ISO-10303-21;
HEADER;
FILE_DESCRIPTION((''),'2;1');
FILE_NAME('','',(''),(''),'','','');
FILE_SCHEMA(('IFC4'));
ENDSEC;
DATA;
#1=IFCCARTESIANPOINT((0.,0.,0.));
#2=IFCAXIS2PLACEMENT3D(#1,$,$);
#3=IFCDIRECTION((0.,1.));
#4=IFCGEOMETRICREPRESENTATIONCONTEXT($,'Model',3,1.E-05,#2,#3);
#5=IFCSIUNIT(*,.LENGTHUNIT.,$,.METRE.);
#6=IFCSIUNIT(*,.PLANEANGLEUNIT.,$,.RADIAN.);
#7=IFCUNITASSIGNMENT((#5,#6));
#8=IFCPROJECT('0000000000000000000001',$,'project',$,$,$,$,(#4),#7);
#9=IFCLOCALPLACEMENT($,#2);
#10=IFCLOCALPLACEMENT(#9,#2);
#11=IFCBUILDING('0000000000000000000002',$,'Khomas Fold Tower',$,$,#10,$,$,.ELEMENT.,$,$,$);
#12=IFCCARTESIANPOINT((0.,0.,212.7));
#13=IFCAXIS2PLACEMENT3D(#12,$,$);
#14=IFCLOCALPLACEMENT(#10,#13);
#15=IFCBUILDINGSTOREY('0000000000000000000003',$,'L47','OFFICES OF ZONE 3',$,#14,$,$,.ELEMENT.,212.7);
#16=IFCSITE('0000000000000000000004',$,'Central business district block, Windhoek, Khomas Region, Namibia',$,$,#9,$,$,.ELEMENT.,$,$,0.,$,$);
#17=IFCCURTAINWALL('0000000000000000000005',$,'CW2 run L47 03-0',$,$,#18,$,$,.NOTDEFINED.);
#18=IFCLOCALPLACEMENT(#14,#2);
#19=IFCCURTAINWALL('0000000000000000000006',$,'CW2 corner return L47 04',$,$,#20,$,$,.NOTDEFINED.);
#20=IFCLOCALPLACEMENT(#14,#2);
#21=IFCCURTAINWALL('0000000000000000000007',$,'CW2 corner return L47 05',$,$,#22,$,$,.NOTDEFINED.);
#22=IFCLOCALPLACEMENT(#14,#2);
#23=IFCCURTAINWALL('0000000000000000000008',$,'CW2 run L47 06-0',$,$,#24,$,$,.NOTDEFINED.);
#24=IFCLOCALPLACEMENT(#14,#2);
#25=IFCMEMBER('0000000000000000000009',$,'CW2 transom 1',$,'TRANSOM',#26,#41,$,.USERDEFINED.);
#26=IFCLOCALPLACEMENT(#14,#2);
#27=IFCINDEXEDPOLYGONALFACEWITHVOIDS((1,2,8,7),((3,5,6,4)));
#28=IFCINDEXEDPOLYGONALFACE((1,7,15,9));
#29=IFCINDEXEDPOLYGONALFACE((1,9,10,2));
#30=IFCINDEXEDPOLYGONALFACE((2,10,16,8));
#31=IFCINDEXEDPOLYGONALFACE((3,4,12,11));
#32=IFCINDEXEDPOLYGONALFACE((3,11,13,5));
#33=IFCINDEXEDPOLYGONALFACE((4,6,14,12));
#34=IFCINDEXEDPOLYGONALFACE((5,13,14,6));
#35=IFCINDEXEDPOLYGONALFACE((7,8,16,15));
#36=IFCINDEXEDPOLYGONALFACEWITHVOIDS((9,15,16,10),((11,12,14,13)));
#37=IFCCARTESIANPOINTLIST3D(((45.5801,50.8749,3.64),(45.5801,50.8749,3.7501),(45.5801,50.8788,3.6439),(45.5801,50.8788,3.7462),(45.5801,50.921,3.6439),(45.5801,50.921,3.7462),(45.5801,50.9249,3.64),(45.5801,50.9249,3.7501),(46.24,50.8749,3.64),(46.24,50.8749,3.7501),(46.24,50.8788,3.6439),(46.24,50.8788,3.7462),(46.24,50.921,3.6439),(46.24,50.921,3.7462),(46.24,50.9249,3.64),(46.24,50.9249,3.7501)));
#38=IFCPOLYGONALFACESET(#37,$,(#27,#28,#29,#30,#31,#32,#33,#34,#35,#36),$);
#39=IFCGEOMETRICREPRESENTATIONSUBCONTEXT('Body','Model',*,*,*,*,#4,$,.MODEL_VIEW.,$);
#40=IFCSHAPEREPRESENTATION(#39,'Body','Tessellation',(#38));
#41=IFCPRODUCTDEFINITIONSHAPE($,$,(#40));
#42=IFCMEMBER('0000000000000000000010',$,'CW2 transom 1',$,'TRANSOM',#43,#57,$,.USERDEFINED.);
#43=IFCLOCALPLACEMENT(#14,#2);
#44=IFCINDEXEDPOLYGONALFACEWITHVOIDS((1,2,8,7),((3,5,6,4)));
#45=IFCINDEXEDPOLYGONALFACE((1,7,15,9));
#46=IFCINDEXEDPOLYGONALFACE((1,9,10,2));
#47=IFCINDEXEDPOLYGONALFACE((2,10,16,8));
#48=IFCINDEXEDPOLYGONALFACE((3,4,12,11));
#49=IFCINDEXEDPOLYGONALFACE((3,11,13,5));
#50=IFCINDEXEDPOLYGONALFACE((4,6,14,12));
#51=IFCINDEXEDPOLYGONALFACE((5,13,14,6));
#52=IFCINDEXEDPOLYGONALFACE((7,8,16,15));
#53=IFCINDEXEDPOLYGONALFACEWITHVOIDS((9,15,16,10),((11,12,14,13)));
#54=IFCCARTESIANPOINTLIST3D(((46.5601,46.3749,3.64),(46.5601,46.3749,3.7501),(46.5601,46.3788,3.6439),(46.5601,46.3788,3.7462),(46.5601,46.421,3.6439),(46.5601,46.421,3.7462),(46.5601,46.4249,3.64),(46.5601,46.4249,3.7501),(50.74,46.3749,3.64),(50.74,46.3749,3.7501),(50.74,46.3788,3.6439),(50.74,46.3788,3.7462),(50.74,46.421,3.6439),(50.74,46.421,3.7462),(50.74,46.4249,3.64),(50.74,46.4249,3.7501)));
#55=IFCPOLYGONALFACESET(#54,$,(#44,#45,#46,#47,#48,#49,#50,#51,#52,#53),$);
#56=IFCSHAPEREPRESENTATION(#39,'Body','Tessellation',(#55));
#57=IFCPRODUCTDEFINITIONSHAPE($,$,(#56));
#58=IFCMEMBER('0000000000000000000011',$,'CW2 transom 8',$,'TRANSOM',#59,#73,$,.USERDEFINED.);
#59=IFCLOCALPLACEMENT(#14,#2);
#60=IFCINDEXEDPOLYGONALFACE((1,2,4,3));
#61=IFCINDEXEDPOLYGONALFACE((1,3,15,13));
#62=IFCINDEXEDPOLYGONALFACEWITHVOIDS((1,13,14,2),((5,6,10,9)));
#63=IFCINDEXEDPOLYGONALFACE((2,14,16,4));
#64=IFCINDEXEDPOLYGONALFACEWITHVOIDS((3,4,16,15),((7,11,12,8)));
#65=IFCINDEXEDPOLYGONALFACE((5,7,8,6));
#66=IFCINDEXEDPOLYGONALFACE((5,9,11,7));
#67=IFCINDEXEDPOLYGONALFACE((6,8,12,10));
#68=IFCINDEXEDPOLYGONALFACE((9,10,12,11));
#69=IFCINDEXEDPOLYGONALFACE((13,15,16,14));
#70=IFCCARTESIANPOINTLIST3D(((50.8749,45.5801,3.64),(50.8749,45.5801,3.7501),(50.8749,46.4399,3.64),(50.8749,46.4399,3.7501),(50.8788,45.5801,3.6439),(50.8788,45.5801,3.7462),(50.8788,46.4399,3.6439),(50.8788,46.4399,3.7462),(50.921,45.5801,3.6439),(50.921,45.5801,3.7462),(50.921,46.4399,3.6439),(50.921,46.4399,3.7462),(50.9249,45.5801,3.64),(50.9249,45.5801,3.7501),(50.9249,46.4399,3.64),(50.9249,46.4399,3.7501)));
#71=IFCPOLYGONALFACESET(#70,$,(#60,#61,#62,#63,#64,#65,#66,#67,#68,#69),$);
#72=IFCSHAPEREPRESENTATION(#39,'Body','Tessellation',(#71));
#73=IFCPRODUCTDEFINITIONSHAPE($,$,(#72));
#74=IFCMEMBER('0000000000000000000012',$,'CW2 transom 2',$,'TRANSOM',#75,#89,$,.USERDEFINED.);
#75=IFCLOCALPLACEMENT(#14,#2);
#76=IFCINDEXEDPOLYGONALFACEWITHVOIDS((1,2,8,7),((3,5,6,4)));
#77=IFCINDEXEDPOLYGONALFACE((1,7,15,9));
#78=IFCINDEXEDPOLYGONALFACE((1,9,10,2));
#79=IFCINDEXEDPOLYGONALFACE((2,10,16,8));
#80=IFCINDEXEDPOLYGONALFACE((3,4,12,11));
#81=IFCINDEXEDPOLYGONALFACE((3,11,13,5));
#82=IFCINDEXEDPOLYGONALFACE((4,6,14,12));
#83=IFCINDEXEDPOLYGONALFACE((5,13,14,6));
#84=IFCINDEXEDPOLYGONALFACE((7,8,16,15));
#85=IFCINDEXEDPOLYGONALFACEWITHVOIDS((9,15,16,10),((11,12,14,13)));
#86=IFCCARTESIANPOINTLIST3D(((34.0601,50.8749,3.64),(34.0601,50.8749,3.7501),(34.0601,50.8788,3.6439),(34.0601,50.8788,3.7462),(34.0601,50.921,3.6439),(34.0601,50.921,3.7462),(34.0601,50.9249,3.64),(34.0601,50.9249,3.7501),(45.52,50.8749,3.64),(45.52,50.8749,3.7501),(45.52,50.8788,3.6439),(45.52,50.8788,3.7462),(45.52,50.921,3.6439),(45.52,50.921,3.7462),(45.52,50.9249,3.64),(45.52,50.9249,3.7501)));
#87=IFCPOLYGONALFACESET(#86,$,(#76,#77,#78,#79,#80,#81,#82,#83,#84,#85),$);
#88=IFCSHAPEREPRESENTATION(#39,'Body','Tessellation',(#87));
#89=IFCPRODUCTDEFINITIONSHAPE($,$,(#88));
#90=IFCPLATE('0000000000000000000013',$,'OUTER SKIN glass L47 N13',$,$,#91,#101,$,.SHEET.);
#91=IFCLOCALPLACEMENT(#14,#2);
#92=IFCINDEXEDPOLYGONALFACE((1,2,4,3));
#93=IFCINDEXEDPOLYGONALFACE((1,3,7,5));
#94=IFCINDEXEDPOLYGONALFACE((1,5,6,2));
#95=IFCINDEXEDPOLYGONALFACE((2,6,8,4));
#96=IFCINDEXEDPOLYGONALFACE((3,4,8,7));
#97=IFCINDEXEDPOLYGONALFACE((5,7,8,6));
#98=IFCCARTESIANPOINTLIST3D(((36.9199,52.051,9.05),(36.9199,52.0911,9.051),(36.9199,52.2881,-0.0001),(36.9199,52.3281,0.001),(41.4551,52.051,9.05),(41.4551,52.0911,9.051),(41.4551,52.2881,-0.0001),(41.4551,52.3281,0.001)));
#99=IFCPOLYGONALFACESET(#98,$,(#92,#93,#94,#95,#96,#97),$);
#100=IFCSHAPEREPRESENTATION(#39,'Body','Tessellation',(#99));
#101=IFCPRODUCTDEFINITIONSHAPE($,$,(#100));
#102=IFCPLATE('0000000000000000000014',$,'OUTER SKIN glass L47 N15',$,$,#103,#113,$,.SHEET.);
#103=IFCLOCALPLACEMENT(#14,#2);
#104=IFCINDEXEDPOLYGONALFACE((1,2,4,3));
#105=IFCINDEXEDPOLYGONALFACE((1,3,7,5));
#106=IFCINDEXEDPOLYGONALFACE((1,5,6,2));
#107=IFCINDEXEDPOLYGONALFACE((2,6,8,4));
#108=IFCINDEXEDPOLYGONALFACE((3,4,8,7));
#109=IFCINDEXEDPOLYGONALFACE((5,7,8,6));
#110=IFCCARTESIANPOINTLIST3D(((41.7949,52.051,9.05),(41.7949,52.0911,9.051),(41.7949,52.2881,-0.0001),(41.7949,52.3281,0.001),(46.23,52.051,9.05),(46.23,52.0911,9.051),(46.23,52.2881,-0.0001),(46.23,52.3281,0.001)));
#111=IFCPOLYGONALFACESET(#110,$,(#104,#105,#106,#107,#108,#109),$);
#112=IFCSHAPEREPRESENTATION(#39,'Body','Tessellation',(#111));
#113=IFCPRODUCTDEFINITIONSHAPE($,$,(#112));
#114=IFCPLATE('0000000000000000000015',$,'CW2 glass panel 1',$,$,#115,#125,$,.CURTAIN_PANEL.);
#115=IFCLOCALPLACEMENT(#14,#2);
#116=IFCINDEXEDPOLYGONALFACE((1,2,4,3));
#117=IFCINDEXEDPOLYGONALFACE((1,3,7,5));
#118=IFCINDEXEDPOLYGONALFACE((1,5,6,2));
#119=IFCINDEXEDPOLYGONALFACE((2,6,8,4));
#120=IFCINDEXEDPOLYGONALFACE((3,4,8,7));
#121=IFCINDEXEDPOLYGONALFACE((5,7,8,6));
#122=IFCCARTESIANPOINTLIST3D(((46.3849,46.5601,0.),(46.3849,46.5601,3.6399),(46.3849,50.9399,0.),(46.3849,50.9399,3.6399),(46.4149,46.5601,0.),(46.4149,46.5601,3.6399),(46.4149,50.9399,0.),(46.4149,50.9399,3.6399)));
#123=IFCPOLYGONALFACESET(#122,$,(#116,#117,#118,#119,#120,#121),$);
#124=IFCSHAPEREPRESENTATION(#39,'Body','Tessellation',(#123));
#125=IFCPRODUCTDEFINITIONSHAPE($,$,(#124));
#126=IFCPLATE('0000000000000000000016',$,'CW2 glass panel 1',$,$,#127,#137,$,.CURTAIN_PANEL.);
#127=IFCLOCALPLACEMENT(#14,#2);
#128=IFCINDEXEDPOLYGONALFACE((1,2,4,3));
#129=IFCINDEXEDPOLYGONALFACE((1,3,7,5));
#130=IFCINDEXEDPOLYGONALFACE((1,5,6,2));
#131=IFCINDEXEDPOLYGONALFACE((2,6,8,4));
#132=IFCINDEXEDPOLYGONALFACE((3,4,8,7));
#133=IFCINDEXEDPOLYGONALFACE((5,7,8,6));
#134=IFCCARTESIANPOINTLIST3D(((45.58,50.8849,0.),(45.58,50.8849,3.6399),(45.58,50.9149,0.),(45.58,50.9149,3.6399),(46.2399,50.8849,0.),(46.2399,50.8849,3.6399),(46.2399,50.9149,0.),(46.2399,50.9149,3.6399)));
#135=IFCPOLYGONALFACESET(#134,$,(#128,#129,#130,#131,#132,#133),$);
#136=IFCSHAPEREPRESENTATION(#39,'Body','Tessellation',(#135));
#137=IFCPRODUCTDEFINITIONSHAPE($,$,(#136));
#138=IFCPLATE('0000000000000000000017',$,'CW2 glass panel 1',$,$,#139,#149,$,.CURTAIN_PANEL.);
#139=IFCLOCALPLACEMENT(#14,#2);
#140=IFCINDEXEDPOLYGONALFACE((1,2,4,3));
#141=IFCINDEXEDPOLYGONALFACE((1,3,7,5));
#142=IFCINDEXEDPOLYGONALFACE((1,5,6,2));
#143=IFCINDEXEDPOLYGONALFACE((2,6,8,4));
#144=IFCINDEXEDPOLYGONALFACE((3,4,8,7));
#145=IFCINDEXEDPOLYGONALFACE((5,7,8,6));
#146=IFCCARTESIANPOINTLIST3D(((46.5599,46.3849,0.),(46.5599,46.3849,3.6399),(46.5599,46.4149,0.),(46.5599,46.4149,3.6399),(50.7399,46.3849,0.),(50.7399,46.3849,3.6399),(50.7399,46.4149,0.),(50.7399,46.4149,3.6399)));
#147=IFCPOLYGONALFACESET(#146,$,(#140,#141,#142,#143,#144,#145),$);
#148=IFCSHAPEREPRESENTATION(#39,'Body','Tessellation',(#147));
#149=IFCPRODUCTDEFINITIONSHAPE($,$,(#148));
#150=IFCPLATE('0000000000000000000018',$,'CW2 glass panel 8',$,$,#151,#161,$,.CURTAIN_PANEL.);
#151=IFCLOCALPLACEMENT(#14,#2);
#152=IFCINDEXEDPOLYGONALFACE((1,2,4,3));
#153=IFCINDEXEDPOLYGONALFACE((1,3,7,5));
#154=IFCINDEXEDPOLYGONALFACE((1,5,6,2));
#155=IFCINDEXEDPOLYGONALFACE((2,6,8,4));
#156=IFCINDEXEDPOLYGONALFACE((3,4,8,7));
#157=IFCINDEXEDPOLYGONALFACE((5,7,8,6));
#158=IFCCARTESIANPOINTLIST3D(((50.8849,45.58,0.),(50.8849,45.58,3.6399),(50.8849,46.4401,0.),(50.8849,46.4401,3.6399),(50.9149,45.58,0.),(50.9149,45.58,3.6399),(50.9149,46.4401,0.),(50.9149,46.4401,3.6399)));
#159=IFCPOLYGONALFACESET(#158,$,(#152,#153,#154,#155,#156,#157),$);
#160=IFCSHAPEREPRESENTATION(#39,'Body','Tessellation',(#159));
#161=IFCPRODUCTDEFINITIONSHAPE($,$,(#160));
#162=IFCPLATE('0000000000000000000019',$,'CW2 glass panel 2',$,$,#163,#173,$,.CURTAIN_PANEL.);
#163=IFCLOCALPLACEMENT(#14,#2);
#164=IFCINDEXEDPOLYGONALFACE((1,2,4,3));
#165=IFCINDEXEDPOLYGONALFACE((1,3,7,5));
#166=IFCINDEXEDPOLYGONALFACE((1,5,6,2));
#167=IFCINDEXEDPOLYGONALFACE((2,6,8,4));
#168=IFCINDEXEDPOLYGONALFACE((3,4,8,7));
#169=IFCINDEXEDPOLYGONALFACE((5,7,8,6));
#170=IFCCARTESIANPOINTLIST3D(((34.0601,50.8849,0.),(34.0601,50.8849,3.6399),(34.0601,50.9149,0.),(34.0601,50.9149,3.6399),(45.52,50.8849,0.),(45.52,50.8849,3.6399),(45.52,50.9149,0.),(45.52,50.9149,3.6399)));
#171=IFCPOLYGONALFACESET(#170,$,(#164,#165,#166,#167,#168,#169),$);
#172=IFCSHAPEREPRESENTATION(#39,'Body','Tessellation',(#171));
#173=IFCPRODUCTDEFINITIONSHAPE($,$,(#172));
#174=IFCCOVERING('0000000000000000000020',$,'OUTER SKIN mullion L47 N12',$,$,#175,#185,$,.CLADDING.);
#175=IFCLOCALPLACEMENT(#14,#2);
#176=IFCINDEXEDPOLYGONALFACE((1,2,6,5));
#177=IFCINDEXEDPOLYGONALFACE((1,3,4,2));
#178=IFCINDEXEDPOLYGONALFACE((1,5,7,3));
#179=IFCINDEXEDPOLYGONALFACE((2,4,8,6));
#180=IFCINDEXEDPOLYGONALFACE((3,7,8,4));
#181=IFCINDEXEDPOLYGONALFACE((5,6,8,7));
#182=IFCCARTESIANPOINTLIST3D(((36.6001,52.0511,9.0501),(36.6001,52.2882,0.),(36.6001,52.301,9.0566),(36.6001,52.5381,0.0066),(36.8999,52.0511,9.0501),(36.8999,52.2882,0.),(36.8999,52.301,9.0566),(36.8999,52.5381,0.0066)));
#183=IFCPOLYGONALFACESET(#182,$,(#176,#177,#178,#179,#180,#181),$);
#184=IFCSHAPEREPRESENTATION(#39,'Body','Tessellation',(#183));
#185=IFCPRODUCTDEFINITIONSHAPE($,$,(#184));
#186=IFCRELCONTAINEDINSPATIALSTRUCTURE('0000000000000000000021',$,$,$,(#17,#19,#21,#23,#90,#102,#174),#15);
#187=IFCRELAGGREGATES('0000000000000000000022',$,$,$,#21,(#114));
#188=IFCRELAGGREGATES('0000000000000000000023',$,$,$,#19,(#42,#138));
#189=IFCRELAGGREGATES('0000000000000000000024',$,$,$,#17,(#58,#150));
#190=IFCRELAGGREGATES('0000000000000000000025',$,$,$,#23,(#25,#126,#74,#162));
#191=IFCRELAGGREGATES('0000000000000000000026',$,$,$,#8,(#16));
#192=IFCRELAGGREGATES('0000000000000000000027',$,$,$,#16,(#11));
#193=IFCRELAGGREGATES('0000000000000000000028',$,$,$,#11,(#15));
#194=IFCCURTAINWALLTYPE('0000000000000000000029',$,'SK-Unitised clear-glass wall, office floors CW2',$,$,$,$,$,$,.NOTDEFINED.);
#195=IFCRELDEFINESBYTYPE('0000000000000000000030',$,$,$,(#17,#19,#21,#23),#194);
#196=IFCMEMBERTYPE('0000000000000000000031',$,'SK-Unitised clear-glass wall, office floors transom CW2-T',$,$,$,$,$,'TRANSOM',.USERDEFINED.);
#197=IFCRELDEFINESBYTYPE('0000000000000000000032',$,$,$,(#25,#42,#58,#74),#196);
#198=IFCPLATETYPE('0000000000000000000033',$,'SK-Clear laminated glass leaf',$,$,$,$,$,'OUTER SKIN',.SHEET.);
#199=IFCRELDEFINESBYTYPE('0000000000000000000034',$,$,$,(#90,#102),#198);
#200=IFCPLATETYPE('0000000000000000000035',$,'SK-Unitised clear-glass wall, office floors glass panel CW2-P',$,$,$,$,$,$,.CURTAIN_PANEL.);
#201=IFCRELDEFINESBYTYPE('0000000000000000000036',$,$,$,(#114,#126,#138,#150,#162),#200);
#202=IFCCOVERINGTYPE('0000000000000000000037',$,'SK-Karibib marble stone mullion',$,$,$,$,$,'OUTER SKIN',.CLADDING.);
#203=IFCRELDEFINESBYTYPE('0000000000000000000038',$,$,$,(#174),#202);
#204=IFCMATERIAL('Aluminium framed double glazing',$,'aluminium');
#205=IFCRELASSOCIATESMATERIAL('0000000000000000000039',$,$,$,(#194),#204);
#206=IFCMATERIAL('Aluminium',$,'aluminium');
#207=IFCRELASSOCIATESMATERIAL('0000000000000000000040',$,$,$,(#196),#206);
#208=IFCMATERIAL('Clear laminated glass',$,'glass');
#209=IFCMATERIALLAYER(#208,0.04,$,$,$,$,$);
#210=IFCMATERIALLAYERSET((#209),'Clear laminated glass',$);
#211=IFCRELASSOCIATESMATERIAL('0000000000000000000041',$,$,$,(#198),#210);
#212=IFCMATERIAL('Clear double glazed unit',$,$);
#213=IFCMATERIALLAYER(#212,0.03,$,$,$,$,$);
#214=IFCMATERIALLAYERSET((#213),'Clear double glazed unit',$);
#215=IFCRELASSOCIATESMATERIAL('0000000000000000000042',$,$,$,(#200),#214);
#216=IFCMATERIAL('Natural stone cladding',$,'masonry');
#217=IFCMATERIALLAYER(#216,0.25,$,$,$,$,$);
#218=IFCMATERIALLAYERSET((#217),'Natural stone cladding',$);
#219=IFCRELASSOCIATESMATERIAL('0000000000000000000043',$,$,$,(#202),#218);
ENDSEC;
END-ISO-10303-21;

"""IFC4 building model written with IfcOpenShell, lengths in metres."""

from ifc_helpers import new_model, si_unit, direction, frame, origin, origin_2d, place, context, subcontext, project, spatial, polyline, rectangle, hollow_rectangle, outline, extrude, source, transform, mapped, material, layer, layer_set, material_profile, profile_set, type_object, element, aggregate, save


model = new_model("IFC4")

# Units and contexts
model_context = context("Model", 3, precision=1e-05, world=origin(), true_north=direction((0.0, 1.0)))
body_context = subcontext(model_context, "Body", "Model", "MODEL_VIEW")
ifc_project = project(units=[si_unit("LENGTHUNIT", "METRE"), si_unit("PLANEANGLEUNIT", "RADIAN")], contexts=[model_context])

# Site, building, storey
site_placement = place(None, origin())
site = spatial("IfcSite", under=ifc_project, at=site_placement, Name="Central business district block, Windhoek, Khomas Region, Namibia", CompositionType="ELEMENT", RefElevation=0.0)
building_placement = place(site_placement, origin())
building = spatial("IfcBuilding", under=site, at=building_placement, Name="Khomas Fold Tower", CompositionType="ELEMENT")
storey_placement = place(building_placement, frame((0.0, 0.0, 212.7)))
storey = spatial("IfcBuildingStorey", under=building, at=storey_placement, Name="L47", Description="OFFICES OF ZONE 3", CompositionType="ELEMENT", Elevation=212.7)

# Curtain walls
ifc_material_1 = material(Name="Aluminium framed double glazing", Category="aluminium")
curtain_wall_type = type_object("IfcCurtainWallType", Name="SK-Unitised clear-glass wall, office floors CW2", PredefinedType="NOTDEFINED", material=ifc_material_1)
curtain_wall_1_placement = place(storey_placement, origin())
curtain_wall_1 = element("IfcCurtainWall", 1, at=curtain_wall_1_placement, inside=storey, type_object=curtain_wall_type, Name="CW2 run L47 03-0", PredefinedType="NOTDEFINED")
curtain_wall_2_placement = place(storey_placement, origin())
curtain_wall_2 = element("IfcCurtainWall", 2, at=curtain_wall_2_placement, inside=storey, type_object=curtain_wall_type, Name="CW2 corner return L47 04", PredefinedType="NOTDEFINED")
curtain_wall_3_placement = place(storey_placement, origin())
curtain_wall_3 = element("IfcCurtainWall", 3, at=curtain_wall_3_placement, inside=storey, type_object=curtain_wall_type, Name="CW2 corner return L47 05", PredefinedType="NOTDEFINED")

# Curtain wall
curtain_wall_4_placement = place(storey_placement, origin())
curtain_wall_4 = element("IfcCurtainWall", 4, at=curtain_wall_4_placement, inside=storey, type_object=curtain_wall_type, Name="CW2 run L47 06-0", PredefinedType="NOTDEFINED")

# Members
ifc_material_2 = material(Name="Aluminium", Category="aluminium")
ifc_material_profile_1 = material_profile(ifc_material_2, hollow_rectangle(XDim=0.05, YDim=0.1101, WallThickness=0.0039, at=origin_2d()), Name="SK-Unitised clear-glass wall, office floors transom CW2-T")
ifc_profile_set_1 = profile_set([ifc_material_profile_1], Name="Aluminium")
member_type_1 = type_object("IfcMemberType", Name="SK-Unitised clear-glass wall, office floors transom CW2-T", ElementType="TRANSOM", PredefinedType="USERDEFINED", material=ifc_profile_set_1)
shared_shape_1 = source(origin(), body_context, "Body", "SweptSolid", [
    extrude(hollow_rectangle(XDim=0.05, YDim=0.1101, WallThickness=0.0039, at=origin_2d()), origin(), (0.0, 0.0, 1.0), 0.6599),
])
member_1_placement = place(storey_placement, frame((46.24, 50.8999, 3.6951), z_axis=(-1.0, 0.0, 0.0), x_axis=(0.0, -1.0, 0.0)))
member_1 = element("IfcMember", 5, at=member_1_placement, type_object=member_type_1, Name="CW2 transom 1", ObjectType="TRANSOM", PredefinedType="USERDEFINED", context=body_context, shape_type="MappedRepresentation", body=[
    mapped(shared_shape_1, transform((0.0, 0.0, 0.0))),
])
shared_shape_2 = source(origin(), body_context, "Body", "SweptSolid", [
    extrude(hollow_rectangle(XDim=0.05, YDim=0.1101, WallThickness=0.0039, at=origin_2d()), origin(), (0.0, 0.0, 1.0), 4.1799),
])
member_2_placement = place(storey_placement, frame((50.74, 46.3999, 3.6951), z_axis=(-1.0, 0.0, 0.0), x_axis=(0.0, -1.0, 0.0)))
member_2 = element("IfcMember", 6, at=member_2_placement, type_object=member_type_1, Name="CW2 transom 1", ObjectType="TRANSOM", PredefinedType="USERDEFINED", context=body_context, shape_type="MappedRepresentation", body=[
    mapped(shared_shape_2, transform((0.0, 0.0, 0.0))),
])
shared_shape_3 = source(origin(), body_context, "Body", "SweptSolid", [
    extrude(hollow_rectangle(XDim=0.05, YDim=0.1101, WallThickness=0.0039, at=origin_2d()), origin(), (0.0, 0.0, 1.0), 0.8599),
])
member_3_placement = place(storey_placement, frame((50.8999, 45.5801, 3.6951), z_axis=(0.0, 1.0, 0.0), x_axis=(-1.0, 0.0, 0.0)))
member_3 = element("IfcMember", 7, at=member_3_placement, type_object=member_type_1, Name="CW2 transom 8", ObjectType="TRANSOM", PredefinedType="USERDEFINED", context=body_context, shape_type="MappedRepresentation", body=[
    mapped(shared_shape_3, transform((0.0, 0.0, 0.0))),
])
shared_shape_4 = source(origin(), body_context, "Body", "SweptSolid", [
    extrude(hollow_rectangle(XDim=0.05, YDim=0.1101, WallThickness=0.0039, at=origin_2d()), origin(), (0.0, 0.0, 1.0), 11.46),
])
member_4_placement = place(storey_placement, frame((45.52, 50.8999, 3.6951), z_axis=(-1.0, 0.0, 0.0), x_axis=(0.0, -1.0, 0.0)))
member_4 = element("IfcMember", 8, at=member_4_placement, type_object=member_type_1, Name="CW2 transom 2", ObjectType="TRANSOM", PredefinedType="USERDEFINED", context=body_context, shape_type="MappedRepresentation", body=[
    mapped(shared_shape_4, transform((0.0, 0.0, 0.0))),
])

# Plates
ifc_material_3 = material(Name="Clear laminated glass", Category="glass")
ifc_layer_1 = layer(ifc_material_3, 0.04)
ifc_layer_set_1 = layer_set([ifc_layer_1], Name="Clear laminated glass")
plate_type_1 = type_object("IfcPlateType", Name="SK-Clear laminated glass leaf", ElementType="OUTER SKIN", PredefinedType="SHEET", material=ifc_layer_set_1)
plate_1_placement = place(storey_placement, frame((36.9199, 52.3281, 0.001), z_axis=(0.0, 0.999657, 0.026185), x_axis=(1.0, 0.0, 0.0)))
element("IfcPlate", 9, at=plate_1_placement, inside=storey, type_object=plate_type_1, Name="OUTER SKIN glass L47 N13", PredefinedType="SHEET", context=body_context, shape_type="SweptSolid", body=[
    extrude(outline(polyline([(0.0, 0.0), (4.5352, 0.0), (4.5352, -9.0532), (0.0, -9.0532), (0.0, 0.0)])), origin(), (0.0, 0.0, -1.0), 0.04),
])
plate_2_placement = place(storey_placement, frame((41.7949, 52.3281, 0.001), z_axis=(0.0, 0.999657, 0.026185), x_axis=(1.0, 0.0, 0.0)))
element("IfcPlate", 10, at=plate_2_placement, inside=storey, type_object=plate_type_1, Name="OUTER SKIN glass L47 N15", PredefinedType="SHEET", context=body_context, shape_type="SweptSolid", body=[
    extrude(outline(polyline([(0.0, 0.0), (4.4351, 0.0), (4.4351, -9.0532), (0.0, -9.0532), (0.0, 0.0)])), origin(), (0.0, 0.0, -1.0), 0.04),
])

# Plates
ifc_material_4 = material(Name="Clear double glazed unit")
ifc_layer_2 = layer(ifc_material_4, 0.03)
ifc_layer_set_2 = layer_set([ifc_layer_2], Name="Clear double glazed unit")
plate_type_2 = type_object("IfcPlateType", Name="SK-Unitised clear-glass wall, office floors glass panel CW2-P", PredefinedType="CURTAIN_PANEL", material=ifc_layer_set_2)
shared_shape_5 = source(origin(), body_context, "Body", "SweptSolid", [
    extrude(rectangle(XDim=4.3799, YDim=0.03, at=origin_2d()), origin(), (0.0, 0.0, 1.0), 3.6399),
])
plate_3_placement = place(storey_placement, frame((46.3999, 48.75, 0.0), z_axis=(0.0, 0.0, 1.0), x_axis=(0.0, 1.0, 0.0)))
plate_3 = element("IfcPlate", 11, at=plate_3_placement, type_object=plate_type_2, Name="CW2 glass panel 1", PredefinedType="CURTAIN_PANEL", context=body_context, shape_type="MappedRepresentation", body=[
    mapped(shared_shape_5, transform((0.0, 0.0, 0.0))),
])
aggregate(curtain_wall_3, [plate_3])
shared_shape_6 = source(origin(), body_context, "Body", "SweptSolid", [
    extrude(rectangle(XDim=0.6599, YDim=0.03, at=origin_2d()), origin(), (0.0, 0.0, 1.0), 3.6399),
])
plate_4_placement = place(storey_placement, frame((45.9099, 50.8999, 0.0), z_axis=(0.0, 0.0, 1.0), x_axis=(-1.0, 0.0, 0.0)))
plate_4 = element("IfcPlate", 12, at=plate_4_placement, type_object=plate_type_2, Name="CW2 glass panel 1", PredefinedType="CURTAIN_PANEL", context=body_context, shape_type="MappedRepresentation", body=[
    mapped(shared_shape_6, transform((0.0, 0.0, 0.0))),
])
shared_shape_7 = source(origin(), body_context, "Body", "SweptSolid", [
    extrude(rectangle(XDim=4.1799, YDim=0.03, at=origin_2d()), origin(), (0.0, 0.0, 1.0), 3.6399),
])
plate_5_placement = place(storey_placement, frame((48.6499, 46.3999, 0.0), z_axis=(0.0, 0.0, 1.0), x_axis=(-1.0, 0.0, 0.0)))
plate_5 = element("IfcPlate", 13, at=plate_5_placement, type_object=plate_type_2, Name="CW2 glass panel 1", PredefinedType="CURTAIN_PANEL", context=body_context, shape_type="MappedRepresentation", body=[
    mapped(shared_shape_7, transform((0.0, 0.0, 0.0))),
])
aggregate(curtain_wall_2, [member_2, plate_5])
shared_shape_8 = source(origin(), body_context, "Body", "SweptSolid", [
    extrude(rectangle(XDim=0.8601, YDim=0.03, at=origin_2d()), origin(), (0.0, 0.0, 1.0), 3.6399),
])
plate_6_placement = place(storey_placement, frame((50.8999, 46.01, 0.0), z_axis=(0.0, 0.0, 1.0), x_axis=(0.0, 1.0, 0.0)))
plate_6 = element("IfcPlate", 14, at=plate_6_placement, type_object=plate_type_2, Name="CW2 glass panel 8", PredefinedType="CURTAIN_PANEL", context=body_context, shape_type="MappedRepresentation", body=[
    mapped(shared_shape_8, transform((0.0, 0.0, 0.0))),
])
aggregate(curtain_wall_1, [member_3, plate_6])
shared_shape_9 = source(origin(), body_context, "Body", "SweptSolid", [
    extrude(rectangle(XDim=11.46, YDim=0.03, at=origin_2d()), origin(), (0.0, 0.0, 1.0), 3.6399),
])
plate_7_placement = place(storey_placement, frame((39.79, 50.8999, 0.0), z_axis=(0.0, 0.0, 1.0), x_axis=(-1.0, 0.0, 0.0)))
plate_7 = element("IfcPlate", 15, at=plate_7_placement, type_object=plate_type_2, Name="CW2 glass panel 2", PredefinedType="CURTAIN_PANEL", context=body_context, shape_type="MappedRepresentation", body=[
    mapped(shared_shape_9, transform((0.0, 0.0, 0.0))),
])
aggregate(curtain_wall_4, [member_1, plate_4, member_4, plate_7])

# Covering
ifc_material_5 = material(Name="Natural stone cladding", Category="masonry")
ifc_layer_3 = layer(ifc_material_5, 0.25)
ifc_layer_set_3 = layer_set([ifc_layer_3], Name="Natural stone cladding")
covering_type = type_object("IfcCoveringType", Name="SK-Karibib marble stone mullion", ElementType="OUTER SKIN", PredefinedType="CLADDING", material=ifc_layer_set_3)
for number, where, z_axis, x_axis, name in (
    (16, (36.6001, 52.5381, 0.0066), (0.0, 0.999657, 0.026185), (1.0, 0.0, 0.0), "OUTER SKIN mullion L47 N12"),
):
    element("IfcCovering", number, at=place(storey_placement, frame(where, z_axis=z_axis, x_axis=x_axis)), inside=storey, type_object=covering_type, Name=name, PredefinedType="CLADDING", context=body_context, shape_type="SweptSolid", body=[
        extrude(outline(polyline([(0.0, 0.0), (0.2998, 0.0), (0.2998, -9.0532), (0.0, -9.0532), (0.0, 0.0)])), origin(), (0.0, 0.0, -1.0), 0.25),
    ])

save(model, "model.ifc")
